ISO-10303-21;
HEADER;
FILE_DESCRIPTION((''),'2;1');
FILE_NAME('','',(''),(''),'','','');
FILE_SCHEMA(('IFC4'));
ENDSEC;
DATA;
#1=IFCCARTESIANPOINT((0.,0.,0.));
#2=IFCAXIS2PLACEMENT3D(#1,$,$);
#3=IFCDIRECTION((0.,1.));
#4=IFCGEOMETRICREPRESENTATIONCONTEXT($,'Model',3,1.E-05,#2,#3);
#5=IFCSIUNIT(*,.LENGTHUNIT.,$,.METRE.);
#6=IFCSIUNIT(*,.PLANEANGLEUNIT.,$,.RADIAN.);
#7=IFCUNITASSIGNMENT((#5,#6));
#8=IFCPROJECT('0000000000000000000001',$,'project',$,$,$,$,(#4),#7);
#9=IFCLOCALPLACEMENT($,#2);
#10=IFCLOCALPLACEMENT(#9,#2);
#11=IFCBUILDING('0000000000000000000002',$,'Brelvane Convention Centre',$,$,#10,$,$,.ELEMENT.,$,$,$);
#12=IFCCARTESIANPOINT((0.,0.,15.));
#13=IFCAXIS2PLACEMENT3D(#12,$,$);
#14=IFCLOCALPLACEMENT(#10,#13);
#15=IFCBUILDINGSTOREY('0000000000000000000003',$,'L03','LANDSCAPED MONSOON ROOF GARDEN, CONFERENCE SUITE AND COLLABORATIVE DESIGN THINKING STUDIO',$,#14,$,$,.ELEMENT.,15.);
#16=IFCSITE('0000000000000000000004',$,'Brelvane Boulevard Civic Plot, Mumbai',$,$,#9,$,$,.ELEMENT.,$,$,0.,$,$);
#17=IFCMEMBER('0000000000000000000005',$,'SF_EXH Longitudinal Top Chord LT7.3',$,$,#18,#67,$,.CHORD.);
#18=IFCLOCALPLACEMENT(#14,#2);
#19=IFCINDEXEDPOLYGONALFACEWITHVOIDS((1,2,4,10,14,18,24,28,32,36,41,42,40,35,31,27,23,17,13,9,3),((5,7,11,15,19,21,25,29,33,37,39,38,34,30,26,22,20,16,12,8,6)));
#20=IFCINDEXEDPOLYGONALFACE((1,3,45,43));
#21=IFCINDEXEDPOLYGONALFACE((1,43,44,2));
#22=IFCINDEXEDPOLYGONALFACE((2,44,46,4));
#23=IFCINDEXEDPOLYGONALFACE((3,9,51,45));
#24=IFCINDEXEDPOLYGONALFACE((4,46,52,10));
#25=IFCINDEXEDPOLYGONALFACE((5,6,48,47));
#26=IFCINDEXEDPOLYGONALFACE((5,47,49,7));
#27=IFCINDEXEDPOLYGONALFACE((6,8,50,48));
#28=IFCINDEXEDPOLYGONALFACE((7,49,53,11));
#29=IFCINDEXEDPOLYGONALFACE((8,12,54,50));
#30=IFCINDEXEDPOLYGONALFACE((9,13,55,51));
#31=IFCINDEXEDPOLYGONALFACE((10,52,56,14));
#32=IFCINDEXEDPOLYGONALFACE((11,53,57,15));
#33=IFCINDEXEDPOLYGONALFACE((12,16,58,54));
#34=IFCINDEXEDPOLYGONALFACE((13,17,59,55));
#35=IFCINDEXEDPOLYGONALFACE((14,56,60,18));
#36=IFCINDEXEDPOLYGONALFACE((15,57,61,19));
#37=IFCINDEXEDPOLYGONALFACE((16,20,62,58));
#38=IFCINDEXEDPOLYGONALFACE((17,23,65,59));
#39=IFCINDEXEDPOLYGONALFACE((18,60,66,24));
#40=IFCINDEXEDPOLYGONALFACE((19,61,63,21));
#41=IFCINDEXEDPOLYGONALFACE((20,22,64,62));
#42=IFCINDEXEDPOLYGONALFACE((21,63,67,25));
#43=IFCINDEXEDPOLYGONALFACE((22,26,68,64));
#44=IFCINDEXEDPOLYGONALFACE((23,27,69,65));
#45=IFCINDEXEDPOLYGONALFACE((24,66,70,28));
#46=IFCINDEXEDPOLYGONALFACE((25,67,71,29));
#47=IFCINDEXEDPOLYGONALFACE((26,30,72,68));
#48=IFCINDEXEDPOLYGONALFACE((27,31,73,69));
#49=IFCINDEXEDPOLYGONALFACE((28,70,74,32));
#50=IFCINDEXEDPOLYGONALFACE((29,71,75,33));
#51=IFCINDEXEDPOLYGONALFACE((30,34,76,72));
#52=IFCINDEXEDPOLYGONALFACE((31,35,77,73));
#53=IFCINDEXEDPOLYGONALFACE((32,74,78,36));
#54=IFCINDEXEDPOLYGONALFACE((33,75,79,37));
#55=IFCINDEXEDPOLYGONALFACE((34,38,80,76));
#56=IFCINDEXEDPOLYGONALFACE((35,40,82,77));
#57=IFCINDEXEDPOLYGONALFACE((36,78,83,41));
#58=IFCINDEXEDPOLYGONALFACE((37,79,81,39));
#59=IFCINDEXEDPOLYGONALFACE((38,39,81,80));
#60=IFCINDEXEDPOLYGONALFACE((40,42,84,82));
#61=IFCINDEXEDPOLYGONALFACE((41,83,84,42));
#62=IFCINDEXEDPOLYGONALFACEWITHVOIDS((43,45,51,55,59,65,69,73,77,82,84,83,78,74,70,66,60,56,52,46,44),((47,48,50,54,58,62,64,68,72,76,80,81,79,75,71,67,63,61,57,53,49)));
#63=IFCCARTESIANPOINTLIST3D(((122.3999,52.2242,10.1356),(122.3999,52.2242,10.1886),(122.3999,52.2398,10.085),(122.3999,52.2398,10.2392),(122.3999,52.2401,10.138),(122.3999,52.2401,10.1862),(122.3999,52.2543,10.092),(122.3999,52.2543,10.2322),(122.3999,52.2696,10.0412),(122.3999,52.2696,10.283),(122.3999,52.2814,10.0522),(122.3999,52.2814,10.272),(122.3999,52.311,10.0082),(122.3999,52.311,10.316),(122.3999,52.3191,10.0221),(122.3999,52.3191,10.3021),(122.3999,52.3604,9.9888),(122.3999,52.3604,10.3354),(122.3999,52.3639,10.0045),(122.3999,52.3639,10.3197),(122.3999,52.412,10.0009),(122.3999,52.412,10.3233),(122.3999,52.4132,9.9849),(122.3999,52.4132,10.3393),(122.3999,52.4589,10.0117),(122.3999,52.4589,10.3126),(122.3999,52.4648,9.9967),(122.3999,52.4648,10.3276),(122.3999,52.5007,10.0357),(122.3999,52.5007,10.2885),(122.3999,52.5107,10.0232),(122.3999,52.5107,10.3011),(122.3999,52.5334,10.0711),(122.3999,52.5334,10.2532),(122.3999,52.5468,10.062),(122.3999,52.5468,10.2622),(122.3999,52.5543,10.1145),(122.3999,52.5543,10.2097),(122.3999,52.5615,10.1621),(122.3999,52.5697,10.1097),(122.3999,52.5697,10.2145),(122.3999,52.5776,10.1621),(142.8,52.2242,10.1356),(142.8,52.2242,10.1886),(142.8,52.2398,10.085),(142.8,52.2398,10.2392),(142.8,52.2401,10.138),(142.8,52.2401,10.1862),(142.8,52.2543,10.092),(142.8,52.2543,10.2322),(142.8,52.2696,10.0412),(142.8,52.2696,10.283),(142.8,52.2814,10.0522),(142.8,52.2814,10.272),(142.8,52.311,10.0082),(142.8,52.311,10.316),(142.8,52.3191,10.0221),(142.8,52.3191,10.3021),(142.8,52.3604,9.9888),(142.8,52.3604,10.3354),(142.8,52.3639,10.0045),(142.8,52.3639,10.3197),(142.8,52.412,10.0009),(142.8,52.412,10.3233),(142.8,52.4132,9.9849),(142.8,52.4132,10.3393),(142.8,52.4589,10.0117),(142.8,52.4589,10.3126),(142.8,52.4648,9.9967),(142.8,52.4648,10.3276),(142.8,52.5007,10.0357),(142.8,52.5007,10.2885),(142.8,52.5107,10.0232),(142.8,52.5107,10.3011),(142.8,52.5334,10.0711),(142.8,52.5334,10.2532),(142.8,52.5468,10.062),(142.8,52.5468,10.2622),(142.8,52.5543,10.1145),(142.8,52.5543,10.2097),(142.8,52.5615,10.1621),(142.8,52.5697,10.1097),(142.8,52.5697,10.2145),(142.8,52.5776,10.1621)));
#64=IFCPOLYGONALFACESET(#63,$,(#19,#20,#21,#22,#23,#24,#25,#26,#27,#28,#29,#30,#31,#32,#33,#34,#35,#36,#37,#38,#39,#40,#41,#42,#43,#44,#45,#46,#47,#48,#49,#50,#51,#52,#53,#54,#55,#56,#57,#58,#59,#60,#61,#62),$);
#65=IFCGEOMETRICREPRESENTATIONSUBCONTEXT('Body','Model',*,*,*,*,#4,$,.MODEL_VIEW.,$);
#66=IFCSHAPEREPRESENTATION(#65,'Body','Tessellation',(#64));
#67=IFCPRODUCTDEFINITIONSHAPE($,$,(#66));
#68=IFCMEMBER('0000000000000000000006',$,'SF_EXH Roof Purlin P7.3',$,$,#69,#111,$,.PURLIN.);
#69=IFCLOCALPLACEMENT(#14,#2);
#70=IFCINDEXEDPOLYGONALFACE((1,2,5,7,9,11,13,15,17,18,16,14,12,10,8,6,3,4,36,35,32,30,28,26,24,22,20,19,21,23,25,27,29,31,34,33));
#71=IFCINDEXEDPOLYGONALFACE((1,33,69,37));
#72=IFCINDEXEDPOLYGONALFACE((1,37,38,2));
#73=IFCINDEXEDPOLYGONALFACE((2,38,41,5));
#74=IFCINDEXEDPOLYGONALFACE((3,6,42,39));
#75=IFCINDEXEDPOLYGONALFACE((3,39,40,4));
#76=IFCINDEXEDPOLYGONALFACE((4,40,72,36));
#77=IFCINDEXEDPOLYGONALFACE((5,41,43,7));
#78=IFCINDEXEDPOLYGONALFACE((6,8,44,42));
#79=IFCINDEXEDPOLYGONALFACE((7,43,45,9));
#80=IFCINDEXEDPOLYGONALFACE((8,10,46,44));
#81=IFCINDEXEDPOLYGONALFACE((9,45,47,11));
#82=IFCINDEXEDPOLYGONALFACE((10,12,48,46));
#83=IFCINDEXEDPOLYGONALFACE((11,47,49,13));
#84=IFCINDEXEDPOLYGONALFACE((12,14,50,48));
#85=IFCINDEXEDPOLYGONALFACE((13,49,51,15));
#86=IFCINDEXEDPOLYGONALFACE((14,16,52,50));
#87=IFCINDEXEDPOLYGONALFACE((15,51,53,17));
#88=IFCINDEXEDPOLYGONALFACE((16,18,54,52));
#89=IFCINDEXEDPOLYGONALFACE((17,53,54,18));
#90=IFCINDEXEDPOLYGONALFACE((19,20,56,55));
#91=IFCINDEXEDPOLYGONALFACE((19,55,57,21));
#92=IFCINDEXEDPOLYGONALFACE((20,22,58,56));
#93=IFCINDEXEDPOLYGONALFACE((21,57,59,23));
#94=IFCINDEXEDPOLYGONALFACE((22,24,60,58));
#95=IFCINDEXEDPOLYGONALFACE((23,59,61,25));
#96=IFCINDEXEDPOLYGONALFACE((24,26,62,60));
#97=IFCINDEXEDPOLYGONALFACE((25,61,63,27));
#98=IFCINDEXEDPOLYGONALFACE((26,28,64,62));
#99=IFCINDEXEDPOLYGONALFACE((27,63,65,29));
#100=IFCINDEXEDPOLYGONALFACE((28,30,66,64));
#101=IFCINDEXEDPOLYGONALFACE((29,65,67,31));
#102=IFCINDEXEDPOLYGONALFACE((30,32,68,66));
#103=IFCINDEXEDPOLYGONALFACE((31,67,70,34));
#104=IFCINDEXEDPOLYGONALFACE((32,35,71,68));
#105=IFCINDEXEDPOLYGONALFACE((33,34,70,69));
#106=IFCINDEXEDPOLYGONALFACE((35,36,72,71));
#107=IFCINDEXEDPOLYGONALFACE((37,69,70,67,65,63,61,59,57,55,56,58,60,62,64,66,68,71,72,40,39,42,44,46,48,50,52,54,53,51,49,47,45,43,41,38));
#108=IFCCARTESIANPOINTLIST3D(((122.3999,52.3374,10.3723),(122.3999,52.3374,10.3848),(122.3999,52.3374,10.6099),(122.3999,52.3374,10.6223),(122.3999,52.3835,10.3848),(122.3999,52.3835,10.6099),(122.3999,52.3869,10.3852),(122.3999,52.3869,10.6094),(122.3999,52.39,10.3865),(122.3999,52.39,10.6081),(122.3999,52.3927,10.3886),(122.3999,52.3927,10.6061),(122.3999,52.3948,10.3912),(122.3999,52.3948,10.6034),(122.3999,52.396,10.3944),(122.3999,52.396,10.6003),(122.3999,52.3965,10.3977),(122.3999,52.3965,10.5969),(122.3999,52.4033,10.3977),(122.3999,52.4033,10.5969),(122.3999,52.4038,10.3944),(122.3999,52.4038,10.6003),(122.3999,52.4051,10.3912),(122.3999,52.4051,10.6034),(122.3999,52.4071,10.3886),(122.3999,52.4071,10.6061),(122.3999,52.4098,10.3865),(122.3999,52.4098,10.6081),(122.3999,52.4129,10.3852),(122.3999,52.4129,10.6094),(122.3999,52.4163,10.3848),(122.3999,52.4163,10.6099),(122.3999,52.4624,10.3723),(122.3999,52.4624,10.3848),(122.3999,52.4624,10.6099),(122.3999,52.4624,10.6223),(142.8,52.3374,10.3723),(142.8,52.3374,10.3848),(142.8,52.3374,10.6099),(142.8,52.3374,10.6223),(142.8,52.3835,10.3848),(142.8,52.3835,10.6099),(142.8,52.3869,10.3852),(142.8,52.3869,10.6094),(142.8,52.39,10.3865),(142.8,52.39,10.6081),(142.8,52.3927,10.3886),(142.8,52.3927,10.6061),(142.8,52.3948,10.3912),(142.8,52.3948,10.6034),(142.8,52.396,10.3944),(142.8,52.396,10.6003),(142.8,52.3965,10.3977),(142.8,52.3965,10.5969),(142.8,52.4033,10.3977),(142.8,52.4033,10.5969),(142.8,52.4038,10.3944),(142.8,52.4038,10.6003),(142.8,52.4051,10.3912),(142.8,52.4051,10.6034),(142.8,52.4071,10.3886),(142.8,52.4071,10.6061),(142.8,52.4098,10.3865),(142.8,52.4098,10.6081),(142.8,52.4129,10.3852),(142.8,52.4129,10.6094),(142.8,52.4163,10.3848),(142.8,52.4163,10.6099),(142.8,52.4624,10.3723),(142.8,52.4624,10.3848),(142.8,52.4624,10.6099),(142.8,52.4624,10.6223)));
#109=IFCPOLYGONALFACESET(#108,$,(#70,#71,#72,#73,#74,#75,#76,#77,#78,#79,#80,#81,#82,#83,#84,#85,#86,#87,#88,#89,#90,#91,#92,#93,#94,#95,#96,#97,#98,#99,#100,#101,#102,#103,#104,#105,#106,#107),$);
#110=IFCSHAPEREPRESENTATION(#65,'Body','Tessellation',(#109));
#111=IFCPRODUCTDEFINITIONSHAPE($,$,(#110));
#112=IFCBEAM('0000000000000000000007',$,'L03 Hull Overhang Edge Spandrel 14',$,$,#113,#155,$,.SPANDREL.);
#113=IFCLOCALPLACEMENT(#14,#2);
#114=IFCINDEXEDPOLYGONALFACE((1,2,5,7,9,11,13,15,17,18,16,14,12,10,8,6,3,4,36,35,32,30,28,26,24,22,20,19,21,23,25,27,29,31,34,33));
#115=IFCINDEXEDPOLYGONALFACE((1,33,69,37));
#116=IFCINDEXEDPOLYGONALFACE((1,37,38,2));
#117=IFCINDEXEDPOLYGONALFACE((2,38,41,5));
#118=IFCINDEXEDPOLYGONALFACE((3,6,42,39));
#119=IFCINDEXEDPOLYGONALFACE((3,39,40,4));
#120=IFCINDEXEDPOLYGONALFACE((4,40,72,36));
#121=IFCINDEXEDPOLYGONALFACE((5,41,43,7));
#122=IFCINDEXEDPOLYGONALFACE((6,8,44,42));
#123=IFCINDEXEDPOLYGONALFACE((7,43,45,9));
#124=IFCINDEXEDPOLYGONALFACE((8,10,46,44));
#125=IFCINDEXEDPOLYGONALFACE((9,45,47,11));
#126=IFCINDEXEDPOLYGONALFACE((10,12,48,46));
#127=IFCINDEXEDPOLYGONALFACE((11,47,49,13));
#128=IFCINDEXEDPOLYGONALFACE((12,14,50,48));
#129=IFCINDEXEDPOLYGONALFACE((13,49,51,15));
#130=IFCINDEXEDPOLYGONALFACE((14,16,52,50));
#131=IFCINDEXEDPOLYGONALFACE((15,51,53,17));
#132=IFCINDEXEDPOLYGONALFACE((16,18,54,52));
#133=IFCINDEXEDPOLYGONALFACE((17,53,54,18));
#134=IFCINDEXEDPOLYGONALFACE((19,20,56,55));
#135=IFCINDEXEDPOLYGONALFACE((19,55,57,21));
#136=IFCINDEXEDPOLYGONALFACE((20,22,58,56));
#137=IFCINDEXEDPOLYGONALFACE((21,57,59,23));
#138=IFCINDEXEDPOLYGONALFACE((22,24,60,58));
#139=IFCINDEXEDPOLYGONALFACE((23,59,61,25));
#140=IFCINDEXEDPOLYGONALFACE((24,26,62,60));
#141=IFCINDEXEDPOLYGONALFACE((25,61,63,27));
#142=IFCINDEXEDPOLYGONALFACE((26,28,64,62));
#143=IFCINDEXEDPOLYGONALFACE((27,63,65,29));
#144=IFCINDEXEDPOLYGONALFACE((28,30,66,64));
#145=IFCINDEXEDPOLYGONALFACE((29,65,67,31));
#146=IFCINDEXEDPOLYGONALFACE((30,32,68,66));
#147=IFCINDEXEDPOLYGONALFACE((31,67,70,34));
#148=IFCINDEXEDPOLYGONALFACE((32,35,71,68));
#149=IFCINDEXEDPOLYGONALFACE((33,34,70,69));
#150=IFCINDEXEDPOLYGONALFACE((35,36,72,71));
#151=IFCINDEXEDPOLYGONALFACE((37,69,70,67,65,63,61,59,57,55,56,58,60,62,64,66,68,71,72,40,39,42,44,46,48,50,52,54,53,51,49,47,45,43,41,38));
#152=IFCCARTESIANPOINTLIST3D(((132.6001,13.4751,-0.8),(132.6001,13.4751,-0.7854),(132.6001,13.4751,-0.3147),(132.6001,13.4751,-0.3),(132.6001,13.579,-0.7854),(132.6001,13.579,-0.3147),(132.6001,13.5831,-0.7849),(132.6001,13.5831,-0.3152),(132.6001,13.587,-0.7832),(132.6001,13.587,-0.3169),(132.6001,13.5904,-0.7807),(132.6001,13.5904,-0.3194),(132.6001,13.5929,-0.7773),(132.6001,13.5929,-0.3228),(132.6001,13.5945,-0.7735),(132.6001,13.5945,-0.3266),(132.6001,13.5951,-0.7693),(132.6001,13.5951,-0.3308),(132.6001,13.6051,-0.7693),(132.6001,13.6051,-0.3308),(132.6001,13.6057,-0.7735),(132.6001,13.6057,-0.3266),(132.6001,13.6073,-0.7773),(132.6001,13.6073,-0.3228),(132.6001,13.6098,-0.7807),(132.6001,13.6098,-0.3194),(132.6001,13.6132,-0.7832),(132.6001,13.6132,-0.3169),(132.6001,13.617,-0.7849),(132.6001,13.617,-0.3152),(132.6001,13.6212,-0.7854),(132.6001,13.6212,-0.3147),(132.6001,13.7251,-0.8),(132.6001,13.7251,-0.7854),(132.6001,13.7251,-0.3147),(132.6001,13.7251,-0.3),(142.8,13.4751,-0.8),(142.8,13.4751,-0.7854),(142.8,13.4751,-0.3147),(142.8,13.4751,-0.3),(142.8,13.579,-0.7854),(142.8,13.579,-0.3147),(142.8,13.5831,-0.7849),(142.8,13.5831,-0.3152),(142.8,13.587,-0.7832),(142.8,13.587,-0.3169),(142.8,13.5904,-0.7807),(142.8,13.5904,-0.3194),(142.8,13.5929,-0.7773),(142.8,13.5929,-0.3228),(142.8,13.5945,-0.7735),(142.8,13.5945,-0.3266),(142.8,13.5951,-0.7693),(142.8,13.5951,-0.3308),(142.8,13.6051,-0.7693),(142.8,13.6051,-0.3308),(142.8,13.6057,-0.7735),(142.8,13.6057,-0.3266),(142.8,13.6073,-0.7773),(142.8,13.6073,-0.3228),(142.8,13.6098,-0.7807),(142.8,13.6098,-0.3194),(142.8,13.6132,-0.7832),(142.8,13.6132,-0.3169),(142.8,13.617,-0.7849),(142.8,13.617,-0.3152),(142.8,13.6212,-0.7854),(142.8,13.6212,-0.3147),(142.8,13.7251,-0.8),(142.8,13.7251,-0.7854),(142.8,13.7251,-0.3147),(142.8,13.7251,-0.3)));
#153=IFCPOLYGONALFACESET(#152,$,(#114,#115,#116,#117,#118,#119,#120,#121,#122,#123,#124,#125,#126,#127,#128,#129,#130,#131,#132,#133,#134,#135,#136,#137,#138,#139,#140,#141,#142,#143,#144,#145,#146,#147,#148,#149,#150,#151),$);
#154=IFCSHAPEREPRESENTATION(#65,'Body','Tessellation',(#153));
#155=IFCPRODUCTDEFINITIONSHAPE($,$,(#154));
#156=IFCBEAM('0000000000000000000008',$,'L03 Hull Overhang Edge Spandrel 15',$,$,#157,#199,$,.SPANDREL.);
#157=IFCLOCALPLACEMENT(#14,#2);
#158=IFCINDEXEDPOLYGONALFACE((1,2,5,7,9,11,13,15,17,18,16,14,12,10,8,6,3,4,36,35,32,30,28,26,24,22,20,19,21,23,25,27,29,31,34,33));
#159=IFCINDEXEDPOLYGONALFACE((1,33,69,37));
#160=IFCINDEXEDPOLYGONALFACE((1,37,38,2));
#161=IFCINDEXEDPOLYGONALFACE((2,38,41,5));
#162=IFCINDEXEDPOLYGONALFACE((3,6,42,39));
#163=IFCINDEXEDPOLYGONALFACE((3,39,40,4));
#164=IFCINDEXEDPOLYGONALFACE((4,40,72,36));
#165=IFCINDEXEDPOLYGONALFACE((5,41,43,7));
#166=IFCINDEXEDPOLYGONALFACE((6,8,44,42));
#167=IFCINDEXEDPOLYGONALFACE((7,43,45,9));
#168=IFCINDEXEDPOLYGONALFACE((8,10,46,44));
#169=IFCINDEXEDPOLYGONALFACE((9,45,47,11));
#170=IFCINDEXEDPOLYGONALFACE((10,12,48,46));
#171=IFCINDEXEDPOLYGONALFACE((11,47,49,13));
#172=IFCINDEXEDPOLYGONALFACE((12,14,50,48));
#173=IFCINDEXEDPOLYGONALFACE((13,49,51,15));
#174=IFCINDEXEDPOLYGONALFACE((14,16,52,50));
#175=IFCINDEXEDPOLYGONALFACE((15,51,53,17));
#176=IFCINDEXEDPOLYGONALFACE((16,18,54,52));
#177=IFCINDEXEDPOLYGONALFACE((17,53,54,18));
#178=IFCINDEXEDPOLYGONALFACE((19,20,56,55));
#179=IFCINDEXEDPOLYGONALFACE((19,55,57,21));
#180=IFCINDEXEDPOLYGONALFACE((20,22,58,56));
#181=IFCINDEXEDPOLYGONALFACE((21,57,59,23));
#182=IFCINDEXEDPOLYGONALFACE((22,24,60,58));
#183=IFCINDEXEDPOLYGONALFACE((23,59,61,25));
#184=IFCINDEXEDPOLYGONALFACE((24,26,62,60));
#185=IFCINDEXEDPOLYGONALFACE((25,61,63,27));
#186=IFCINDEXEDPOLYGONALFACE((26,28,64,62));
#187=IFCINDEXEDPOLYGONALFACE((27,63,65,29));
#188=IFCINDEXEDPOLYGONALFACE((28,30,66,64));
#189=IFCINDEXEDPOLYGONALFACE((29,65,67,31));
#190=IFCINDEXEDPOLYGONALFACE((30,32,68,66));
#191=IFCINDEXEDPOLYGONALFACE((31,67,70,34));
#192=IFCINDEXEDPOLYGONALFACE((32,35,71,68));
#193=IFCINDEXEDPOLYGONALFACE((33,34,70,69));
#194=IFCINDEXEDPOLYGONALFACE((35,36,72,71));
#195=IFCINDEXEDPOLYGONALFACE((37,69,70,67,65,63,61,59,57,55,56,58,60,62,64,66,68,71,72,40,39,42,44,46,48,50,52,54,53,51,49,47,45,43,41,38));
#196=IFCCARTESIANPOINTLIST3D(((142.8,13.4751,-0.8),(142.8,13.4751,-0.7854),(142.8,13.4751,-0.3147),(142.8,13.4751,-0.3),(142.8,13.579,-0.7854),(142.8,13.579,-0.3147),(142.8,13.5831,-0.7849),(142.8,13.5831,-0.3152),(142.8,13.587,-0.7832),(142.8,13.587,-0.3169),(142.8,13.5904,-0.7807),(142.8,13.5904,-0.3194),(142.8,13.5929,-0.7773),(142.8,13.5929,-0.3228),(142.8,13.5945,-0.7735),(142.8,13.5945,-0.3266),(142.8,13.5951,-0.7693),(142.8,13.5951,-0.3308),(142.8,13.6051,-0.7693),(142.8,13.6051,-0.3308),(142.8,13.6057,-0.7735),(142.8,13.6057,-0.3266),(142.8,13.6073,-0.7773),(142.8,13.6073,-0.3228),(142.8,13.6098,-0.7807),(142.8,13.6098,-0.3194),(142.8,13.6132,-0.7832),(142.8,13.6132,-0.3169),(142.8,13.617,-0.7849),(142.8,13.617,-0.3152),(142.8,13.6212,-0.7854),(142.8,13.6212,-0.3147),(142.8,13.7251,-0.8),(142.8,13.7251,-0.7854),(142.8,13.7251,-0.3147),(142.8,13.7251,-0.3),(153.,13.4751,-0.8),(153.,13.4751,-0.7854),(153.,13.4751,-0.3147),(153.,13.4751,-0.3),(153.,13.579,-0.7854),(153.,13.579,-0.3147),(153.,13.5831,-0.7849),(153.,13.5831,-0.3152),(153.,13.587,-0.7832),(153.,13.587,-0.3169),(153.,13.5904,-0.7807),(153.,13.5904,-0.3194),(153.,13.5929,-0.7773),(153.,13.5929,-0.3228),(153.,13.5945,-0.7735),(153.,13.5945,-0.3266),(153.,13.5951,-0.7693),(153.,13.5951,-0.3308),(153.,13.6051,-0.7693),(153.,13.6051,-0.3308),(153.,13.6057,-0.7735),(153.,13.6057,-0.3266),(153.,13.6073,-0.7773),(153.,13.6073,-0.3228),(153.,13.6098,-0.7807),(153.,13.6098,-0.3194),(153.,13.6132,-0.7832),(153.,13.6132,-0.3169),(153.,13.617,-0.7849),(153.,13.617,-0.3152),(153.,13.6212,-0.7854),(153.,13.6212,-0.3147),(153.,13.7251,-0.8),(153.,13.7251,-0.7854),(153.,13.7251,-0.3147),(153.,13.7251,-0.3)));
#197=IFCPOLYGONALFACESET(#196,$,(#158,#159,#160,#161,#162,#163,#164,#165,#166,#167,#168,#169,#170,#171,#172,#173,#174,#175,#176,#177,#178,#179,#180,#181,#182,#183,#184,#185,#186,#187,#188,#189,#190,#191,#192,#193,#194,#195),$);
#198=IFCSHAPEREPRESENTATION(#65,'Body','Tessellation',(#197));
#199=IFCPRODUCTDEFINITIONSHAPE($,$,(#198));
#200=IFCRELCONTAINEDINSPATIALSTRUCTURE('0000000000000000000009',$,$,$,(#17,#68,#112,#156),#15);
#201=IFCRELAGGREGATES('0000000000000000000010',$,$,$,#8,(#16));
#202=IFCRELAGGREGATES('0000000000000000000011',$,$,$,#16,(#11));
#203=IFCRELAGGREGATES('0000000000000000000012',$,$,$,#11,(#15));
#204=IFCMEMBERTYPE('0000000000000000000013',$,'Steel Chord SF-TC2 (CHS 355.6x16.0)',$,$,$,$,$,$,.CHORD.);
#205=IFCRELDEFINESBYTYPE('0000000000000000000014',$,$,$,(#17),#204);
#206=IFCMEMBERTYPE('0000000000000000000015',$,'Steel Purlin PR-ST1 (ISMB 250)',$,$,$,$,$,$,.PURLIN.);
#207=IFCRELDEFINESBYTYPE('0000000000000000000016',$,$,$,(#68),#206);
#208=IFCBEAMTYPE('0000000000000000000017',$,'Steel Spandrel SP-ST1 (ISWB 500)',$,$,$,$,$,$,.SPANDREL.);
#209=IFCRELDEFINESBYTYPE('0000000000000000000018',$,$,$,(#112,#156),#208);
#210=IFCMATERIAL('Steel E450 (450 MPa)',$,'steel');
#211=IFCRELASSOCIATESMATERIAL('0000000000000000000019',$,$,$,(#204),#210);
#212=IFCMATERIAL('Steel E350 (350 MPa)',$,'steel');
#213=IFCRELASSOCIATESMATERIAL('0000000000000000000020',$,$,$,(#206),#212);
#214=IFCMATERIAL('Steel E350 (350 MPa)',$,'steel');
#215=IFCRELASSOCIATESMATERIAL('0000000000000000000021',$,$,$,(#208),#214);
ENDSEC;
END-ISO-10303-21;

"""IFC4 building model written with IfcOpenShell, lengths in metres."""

from ifc_helpers import new_model, si_unit, direction, frame, origin, origin_2d, place, context, subcontext, project, spatial, hollow_circle, i_section, extrude, material, material_profile, profile_set, type_object, element, save


model = new_model("IFC4")

# Units and contexts
model_context = context("Model", 3, precision=1e-05, world=origin(), true_north=direction((0.0, 1.0)))
body_context = subcontext(model_context, "Body", "Model", "MODEL_VIEW")
ifc_project = project(units=[si_unit("LENGTHUNIT", "METRE"), si_unit("PLANEANGLEUNIT", "RADIAN")], contexts=[model_context])

# Site, building, storey
site_placement = place(None, origin())
site = spatial("IfcSite", under=ifc_project, at=site_placement, Name="Brelvane Boulevard Civic Plot, Mumbai", CompositionType="ELEMENT", RefElevation=0.0)
building_placement = place(site_placement, origin())
building = spatial("IfcBuilding", under=site, at=building_placement, Name="Brelvane Convention Centre", CompositionType="ELEMENT")
storey_placement = place(building_placement, frame((0.0, 0.0, 15.0)))
storey = spatial("IfcBuildingStorey", under=building, at=storey_placement, Name="L03", Description="LANDSCAPED MONSOON ROOF GARDEN, CONFERENCE SUITE AND COLLABORATIVE DESIGN THINKING STUDIO", CompositionType="ELEMENT", Elevation=15.0)

# Members
ifc_material_1 = material(Name="Steel E450 (450 MPa)", Category="steel")
ifc_material_profile_1 = material_profile(ifc_material_1, hollow_circle(Radius=0.1777, WallThickness=0.0161, at=origin_2d()), Name="CHS 355.6x16.0")
ifc_profile_set_1 = profile_set([ifc_material_profile_1], Name="Steel E450 (450 MPa)")
member_type_1 = type_object("IfcMemberType", Name="Steel Chord SF-TC2 (CHS 355.6x16.0)", PredefinedType="CHORD", material=ifc_profile_set_1)
member_1_placement = place(storey_placement, frame((122.3999, 52.3999, 10.1621), z_axis=(1.0, 0.0, 0.0), x_axis=(0.0, 1.0, 0.0)))
element("IfcMember", 1, at=member_1_placement, inside=storey, type_object=member_type_1, Name="SF_EXH Longitudinal Top Chord LT7.3", PredefinedType="CHORD", context=body_context, shape_type="SweptSolid", body=[
    extrude(hollow_circle(Radius=0.1777, WallThickness=0.0161, at=origin_2d()), origin(), (0.0, 0.0, 1.0), 20.4001),
])
ifc_material_2 = material(Name="Steel E350 (350 MPa)", Category="steel")
ifc_material_profile_2 = material_profile(ifc_material_2, i_section(OverallWidth=0.125, OverallDepth=0.25, WebThickness=0.0068, FlangeThickness=0.0125, FilletRadius=0.0129, at=origin_2d()), Name="ISMB 250")
ifc_profile_set_2 = profile_set([ifc_material_profile_2], Name="Steel E350 (350 MPa)")
member_type_2 = type_object("IfcMemberType", Name="Steel Purlin PR-ST1 (ISMB 250)", PredefinedType="PURLIN", material=ifc_profile_set_2)
member_2_placement = place(storey_placement, frame((122.3999, 52.3999, 10.4973), z_axis=(1.0, 0.0, 0.0), x_axis=(0.0, 1.0, 0.0)))
element("IfcMember", 2, at=member_2_placement, inside=storey, type_object=member_type_2, Name="SF_EXH Roof Purlin P7.3", PredefinedType="PURLIN", context=body_context, shape_type="SweptSolid", body=[
    extrude(i_section(OverallWidth=0.125, OverallDepth=0.25, WebThickness=0.0068, FlangeThickness=0.0125, FilletRadius=0.0129, at=origin_2d()), origin(), (0.0, 0.0, 1.0), 20.4001),
])

# Beams
ifc_material_3 = material(Name="Steel E350 (350 MPa)", Category="steel")
ifc_material_profile_3 = material_profile(ifc_material_3, i_section(OverallWidth=0.25, OverallDepth=0.5, WebThickness=0.01, FlangeThickness=0.0146, FilletRadius=0.0161, at=origin_2d()), Name="ISWB 500")
ifc_profile_set_3 = profile_set([ifc_material_profile_3], Name="Steel E350 (350 MPa)")
beam_type_1 = type_object("IfcBeamType", Name="Steel Spandrel SP-ST1 (ISWB 500)", PredefinedType="SPANDREL", material=ifc_profile_set_3)
for number, where, z_axis, x_axis, name in (
    (3, (132.6001, 13.6001, -0.55), (1.0, 0.0, 0.0), (0.0, 1.0, 0.0), "L03 Hull Overhang Edge Spandrel 14"),
    (4, (142.8, 13.6001, -0.55), (1.0, 0.0, 0.0), (0.0, 1.0, 0.0), "L03 Hull Overhang Edge Spandrel 15"),
):
    element("IfcBeam", number, at=place(storey_placement, frame(where, z_axis=z_axis, x_axis=x_axis)), inside=storey, type_object=beam_type_1, Name=name, PredefinedType="SPANDREL", context=body_context, shape_type="SweptSolid", body=[
        extrude(i_section(OverallWidth=0.25, OverallDepth=0.5, WebThickness=0.01, FlangeThickness=0.0146, FilletRadius=0.0161, at=origin_2d()), origin(), (0.0, 0.0, 1.0), 10.2),
    ])

save(model, "model.ifc")
